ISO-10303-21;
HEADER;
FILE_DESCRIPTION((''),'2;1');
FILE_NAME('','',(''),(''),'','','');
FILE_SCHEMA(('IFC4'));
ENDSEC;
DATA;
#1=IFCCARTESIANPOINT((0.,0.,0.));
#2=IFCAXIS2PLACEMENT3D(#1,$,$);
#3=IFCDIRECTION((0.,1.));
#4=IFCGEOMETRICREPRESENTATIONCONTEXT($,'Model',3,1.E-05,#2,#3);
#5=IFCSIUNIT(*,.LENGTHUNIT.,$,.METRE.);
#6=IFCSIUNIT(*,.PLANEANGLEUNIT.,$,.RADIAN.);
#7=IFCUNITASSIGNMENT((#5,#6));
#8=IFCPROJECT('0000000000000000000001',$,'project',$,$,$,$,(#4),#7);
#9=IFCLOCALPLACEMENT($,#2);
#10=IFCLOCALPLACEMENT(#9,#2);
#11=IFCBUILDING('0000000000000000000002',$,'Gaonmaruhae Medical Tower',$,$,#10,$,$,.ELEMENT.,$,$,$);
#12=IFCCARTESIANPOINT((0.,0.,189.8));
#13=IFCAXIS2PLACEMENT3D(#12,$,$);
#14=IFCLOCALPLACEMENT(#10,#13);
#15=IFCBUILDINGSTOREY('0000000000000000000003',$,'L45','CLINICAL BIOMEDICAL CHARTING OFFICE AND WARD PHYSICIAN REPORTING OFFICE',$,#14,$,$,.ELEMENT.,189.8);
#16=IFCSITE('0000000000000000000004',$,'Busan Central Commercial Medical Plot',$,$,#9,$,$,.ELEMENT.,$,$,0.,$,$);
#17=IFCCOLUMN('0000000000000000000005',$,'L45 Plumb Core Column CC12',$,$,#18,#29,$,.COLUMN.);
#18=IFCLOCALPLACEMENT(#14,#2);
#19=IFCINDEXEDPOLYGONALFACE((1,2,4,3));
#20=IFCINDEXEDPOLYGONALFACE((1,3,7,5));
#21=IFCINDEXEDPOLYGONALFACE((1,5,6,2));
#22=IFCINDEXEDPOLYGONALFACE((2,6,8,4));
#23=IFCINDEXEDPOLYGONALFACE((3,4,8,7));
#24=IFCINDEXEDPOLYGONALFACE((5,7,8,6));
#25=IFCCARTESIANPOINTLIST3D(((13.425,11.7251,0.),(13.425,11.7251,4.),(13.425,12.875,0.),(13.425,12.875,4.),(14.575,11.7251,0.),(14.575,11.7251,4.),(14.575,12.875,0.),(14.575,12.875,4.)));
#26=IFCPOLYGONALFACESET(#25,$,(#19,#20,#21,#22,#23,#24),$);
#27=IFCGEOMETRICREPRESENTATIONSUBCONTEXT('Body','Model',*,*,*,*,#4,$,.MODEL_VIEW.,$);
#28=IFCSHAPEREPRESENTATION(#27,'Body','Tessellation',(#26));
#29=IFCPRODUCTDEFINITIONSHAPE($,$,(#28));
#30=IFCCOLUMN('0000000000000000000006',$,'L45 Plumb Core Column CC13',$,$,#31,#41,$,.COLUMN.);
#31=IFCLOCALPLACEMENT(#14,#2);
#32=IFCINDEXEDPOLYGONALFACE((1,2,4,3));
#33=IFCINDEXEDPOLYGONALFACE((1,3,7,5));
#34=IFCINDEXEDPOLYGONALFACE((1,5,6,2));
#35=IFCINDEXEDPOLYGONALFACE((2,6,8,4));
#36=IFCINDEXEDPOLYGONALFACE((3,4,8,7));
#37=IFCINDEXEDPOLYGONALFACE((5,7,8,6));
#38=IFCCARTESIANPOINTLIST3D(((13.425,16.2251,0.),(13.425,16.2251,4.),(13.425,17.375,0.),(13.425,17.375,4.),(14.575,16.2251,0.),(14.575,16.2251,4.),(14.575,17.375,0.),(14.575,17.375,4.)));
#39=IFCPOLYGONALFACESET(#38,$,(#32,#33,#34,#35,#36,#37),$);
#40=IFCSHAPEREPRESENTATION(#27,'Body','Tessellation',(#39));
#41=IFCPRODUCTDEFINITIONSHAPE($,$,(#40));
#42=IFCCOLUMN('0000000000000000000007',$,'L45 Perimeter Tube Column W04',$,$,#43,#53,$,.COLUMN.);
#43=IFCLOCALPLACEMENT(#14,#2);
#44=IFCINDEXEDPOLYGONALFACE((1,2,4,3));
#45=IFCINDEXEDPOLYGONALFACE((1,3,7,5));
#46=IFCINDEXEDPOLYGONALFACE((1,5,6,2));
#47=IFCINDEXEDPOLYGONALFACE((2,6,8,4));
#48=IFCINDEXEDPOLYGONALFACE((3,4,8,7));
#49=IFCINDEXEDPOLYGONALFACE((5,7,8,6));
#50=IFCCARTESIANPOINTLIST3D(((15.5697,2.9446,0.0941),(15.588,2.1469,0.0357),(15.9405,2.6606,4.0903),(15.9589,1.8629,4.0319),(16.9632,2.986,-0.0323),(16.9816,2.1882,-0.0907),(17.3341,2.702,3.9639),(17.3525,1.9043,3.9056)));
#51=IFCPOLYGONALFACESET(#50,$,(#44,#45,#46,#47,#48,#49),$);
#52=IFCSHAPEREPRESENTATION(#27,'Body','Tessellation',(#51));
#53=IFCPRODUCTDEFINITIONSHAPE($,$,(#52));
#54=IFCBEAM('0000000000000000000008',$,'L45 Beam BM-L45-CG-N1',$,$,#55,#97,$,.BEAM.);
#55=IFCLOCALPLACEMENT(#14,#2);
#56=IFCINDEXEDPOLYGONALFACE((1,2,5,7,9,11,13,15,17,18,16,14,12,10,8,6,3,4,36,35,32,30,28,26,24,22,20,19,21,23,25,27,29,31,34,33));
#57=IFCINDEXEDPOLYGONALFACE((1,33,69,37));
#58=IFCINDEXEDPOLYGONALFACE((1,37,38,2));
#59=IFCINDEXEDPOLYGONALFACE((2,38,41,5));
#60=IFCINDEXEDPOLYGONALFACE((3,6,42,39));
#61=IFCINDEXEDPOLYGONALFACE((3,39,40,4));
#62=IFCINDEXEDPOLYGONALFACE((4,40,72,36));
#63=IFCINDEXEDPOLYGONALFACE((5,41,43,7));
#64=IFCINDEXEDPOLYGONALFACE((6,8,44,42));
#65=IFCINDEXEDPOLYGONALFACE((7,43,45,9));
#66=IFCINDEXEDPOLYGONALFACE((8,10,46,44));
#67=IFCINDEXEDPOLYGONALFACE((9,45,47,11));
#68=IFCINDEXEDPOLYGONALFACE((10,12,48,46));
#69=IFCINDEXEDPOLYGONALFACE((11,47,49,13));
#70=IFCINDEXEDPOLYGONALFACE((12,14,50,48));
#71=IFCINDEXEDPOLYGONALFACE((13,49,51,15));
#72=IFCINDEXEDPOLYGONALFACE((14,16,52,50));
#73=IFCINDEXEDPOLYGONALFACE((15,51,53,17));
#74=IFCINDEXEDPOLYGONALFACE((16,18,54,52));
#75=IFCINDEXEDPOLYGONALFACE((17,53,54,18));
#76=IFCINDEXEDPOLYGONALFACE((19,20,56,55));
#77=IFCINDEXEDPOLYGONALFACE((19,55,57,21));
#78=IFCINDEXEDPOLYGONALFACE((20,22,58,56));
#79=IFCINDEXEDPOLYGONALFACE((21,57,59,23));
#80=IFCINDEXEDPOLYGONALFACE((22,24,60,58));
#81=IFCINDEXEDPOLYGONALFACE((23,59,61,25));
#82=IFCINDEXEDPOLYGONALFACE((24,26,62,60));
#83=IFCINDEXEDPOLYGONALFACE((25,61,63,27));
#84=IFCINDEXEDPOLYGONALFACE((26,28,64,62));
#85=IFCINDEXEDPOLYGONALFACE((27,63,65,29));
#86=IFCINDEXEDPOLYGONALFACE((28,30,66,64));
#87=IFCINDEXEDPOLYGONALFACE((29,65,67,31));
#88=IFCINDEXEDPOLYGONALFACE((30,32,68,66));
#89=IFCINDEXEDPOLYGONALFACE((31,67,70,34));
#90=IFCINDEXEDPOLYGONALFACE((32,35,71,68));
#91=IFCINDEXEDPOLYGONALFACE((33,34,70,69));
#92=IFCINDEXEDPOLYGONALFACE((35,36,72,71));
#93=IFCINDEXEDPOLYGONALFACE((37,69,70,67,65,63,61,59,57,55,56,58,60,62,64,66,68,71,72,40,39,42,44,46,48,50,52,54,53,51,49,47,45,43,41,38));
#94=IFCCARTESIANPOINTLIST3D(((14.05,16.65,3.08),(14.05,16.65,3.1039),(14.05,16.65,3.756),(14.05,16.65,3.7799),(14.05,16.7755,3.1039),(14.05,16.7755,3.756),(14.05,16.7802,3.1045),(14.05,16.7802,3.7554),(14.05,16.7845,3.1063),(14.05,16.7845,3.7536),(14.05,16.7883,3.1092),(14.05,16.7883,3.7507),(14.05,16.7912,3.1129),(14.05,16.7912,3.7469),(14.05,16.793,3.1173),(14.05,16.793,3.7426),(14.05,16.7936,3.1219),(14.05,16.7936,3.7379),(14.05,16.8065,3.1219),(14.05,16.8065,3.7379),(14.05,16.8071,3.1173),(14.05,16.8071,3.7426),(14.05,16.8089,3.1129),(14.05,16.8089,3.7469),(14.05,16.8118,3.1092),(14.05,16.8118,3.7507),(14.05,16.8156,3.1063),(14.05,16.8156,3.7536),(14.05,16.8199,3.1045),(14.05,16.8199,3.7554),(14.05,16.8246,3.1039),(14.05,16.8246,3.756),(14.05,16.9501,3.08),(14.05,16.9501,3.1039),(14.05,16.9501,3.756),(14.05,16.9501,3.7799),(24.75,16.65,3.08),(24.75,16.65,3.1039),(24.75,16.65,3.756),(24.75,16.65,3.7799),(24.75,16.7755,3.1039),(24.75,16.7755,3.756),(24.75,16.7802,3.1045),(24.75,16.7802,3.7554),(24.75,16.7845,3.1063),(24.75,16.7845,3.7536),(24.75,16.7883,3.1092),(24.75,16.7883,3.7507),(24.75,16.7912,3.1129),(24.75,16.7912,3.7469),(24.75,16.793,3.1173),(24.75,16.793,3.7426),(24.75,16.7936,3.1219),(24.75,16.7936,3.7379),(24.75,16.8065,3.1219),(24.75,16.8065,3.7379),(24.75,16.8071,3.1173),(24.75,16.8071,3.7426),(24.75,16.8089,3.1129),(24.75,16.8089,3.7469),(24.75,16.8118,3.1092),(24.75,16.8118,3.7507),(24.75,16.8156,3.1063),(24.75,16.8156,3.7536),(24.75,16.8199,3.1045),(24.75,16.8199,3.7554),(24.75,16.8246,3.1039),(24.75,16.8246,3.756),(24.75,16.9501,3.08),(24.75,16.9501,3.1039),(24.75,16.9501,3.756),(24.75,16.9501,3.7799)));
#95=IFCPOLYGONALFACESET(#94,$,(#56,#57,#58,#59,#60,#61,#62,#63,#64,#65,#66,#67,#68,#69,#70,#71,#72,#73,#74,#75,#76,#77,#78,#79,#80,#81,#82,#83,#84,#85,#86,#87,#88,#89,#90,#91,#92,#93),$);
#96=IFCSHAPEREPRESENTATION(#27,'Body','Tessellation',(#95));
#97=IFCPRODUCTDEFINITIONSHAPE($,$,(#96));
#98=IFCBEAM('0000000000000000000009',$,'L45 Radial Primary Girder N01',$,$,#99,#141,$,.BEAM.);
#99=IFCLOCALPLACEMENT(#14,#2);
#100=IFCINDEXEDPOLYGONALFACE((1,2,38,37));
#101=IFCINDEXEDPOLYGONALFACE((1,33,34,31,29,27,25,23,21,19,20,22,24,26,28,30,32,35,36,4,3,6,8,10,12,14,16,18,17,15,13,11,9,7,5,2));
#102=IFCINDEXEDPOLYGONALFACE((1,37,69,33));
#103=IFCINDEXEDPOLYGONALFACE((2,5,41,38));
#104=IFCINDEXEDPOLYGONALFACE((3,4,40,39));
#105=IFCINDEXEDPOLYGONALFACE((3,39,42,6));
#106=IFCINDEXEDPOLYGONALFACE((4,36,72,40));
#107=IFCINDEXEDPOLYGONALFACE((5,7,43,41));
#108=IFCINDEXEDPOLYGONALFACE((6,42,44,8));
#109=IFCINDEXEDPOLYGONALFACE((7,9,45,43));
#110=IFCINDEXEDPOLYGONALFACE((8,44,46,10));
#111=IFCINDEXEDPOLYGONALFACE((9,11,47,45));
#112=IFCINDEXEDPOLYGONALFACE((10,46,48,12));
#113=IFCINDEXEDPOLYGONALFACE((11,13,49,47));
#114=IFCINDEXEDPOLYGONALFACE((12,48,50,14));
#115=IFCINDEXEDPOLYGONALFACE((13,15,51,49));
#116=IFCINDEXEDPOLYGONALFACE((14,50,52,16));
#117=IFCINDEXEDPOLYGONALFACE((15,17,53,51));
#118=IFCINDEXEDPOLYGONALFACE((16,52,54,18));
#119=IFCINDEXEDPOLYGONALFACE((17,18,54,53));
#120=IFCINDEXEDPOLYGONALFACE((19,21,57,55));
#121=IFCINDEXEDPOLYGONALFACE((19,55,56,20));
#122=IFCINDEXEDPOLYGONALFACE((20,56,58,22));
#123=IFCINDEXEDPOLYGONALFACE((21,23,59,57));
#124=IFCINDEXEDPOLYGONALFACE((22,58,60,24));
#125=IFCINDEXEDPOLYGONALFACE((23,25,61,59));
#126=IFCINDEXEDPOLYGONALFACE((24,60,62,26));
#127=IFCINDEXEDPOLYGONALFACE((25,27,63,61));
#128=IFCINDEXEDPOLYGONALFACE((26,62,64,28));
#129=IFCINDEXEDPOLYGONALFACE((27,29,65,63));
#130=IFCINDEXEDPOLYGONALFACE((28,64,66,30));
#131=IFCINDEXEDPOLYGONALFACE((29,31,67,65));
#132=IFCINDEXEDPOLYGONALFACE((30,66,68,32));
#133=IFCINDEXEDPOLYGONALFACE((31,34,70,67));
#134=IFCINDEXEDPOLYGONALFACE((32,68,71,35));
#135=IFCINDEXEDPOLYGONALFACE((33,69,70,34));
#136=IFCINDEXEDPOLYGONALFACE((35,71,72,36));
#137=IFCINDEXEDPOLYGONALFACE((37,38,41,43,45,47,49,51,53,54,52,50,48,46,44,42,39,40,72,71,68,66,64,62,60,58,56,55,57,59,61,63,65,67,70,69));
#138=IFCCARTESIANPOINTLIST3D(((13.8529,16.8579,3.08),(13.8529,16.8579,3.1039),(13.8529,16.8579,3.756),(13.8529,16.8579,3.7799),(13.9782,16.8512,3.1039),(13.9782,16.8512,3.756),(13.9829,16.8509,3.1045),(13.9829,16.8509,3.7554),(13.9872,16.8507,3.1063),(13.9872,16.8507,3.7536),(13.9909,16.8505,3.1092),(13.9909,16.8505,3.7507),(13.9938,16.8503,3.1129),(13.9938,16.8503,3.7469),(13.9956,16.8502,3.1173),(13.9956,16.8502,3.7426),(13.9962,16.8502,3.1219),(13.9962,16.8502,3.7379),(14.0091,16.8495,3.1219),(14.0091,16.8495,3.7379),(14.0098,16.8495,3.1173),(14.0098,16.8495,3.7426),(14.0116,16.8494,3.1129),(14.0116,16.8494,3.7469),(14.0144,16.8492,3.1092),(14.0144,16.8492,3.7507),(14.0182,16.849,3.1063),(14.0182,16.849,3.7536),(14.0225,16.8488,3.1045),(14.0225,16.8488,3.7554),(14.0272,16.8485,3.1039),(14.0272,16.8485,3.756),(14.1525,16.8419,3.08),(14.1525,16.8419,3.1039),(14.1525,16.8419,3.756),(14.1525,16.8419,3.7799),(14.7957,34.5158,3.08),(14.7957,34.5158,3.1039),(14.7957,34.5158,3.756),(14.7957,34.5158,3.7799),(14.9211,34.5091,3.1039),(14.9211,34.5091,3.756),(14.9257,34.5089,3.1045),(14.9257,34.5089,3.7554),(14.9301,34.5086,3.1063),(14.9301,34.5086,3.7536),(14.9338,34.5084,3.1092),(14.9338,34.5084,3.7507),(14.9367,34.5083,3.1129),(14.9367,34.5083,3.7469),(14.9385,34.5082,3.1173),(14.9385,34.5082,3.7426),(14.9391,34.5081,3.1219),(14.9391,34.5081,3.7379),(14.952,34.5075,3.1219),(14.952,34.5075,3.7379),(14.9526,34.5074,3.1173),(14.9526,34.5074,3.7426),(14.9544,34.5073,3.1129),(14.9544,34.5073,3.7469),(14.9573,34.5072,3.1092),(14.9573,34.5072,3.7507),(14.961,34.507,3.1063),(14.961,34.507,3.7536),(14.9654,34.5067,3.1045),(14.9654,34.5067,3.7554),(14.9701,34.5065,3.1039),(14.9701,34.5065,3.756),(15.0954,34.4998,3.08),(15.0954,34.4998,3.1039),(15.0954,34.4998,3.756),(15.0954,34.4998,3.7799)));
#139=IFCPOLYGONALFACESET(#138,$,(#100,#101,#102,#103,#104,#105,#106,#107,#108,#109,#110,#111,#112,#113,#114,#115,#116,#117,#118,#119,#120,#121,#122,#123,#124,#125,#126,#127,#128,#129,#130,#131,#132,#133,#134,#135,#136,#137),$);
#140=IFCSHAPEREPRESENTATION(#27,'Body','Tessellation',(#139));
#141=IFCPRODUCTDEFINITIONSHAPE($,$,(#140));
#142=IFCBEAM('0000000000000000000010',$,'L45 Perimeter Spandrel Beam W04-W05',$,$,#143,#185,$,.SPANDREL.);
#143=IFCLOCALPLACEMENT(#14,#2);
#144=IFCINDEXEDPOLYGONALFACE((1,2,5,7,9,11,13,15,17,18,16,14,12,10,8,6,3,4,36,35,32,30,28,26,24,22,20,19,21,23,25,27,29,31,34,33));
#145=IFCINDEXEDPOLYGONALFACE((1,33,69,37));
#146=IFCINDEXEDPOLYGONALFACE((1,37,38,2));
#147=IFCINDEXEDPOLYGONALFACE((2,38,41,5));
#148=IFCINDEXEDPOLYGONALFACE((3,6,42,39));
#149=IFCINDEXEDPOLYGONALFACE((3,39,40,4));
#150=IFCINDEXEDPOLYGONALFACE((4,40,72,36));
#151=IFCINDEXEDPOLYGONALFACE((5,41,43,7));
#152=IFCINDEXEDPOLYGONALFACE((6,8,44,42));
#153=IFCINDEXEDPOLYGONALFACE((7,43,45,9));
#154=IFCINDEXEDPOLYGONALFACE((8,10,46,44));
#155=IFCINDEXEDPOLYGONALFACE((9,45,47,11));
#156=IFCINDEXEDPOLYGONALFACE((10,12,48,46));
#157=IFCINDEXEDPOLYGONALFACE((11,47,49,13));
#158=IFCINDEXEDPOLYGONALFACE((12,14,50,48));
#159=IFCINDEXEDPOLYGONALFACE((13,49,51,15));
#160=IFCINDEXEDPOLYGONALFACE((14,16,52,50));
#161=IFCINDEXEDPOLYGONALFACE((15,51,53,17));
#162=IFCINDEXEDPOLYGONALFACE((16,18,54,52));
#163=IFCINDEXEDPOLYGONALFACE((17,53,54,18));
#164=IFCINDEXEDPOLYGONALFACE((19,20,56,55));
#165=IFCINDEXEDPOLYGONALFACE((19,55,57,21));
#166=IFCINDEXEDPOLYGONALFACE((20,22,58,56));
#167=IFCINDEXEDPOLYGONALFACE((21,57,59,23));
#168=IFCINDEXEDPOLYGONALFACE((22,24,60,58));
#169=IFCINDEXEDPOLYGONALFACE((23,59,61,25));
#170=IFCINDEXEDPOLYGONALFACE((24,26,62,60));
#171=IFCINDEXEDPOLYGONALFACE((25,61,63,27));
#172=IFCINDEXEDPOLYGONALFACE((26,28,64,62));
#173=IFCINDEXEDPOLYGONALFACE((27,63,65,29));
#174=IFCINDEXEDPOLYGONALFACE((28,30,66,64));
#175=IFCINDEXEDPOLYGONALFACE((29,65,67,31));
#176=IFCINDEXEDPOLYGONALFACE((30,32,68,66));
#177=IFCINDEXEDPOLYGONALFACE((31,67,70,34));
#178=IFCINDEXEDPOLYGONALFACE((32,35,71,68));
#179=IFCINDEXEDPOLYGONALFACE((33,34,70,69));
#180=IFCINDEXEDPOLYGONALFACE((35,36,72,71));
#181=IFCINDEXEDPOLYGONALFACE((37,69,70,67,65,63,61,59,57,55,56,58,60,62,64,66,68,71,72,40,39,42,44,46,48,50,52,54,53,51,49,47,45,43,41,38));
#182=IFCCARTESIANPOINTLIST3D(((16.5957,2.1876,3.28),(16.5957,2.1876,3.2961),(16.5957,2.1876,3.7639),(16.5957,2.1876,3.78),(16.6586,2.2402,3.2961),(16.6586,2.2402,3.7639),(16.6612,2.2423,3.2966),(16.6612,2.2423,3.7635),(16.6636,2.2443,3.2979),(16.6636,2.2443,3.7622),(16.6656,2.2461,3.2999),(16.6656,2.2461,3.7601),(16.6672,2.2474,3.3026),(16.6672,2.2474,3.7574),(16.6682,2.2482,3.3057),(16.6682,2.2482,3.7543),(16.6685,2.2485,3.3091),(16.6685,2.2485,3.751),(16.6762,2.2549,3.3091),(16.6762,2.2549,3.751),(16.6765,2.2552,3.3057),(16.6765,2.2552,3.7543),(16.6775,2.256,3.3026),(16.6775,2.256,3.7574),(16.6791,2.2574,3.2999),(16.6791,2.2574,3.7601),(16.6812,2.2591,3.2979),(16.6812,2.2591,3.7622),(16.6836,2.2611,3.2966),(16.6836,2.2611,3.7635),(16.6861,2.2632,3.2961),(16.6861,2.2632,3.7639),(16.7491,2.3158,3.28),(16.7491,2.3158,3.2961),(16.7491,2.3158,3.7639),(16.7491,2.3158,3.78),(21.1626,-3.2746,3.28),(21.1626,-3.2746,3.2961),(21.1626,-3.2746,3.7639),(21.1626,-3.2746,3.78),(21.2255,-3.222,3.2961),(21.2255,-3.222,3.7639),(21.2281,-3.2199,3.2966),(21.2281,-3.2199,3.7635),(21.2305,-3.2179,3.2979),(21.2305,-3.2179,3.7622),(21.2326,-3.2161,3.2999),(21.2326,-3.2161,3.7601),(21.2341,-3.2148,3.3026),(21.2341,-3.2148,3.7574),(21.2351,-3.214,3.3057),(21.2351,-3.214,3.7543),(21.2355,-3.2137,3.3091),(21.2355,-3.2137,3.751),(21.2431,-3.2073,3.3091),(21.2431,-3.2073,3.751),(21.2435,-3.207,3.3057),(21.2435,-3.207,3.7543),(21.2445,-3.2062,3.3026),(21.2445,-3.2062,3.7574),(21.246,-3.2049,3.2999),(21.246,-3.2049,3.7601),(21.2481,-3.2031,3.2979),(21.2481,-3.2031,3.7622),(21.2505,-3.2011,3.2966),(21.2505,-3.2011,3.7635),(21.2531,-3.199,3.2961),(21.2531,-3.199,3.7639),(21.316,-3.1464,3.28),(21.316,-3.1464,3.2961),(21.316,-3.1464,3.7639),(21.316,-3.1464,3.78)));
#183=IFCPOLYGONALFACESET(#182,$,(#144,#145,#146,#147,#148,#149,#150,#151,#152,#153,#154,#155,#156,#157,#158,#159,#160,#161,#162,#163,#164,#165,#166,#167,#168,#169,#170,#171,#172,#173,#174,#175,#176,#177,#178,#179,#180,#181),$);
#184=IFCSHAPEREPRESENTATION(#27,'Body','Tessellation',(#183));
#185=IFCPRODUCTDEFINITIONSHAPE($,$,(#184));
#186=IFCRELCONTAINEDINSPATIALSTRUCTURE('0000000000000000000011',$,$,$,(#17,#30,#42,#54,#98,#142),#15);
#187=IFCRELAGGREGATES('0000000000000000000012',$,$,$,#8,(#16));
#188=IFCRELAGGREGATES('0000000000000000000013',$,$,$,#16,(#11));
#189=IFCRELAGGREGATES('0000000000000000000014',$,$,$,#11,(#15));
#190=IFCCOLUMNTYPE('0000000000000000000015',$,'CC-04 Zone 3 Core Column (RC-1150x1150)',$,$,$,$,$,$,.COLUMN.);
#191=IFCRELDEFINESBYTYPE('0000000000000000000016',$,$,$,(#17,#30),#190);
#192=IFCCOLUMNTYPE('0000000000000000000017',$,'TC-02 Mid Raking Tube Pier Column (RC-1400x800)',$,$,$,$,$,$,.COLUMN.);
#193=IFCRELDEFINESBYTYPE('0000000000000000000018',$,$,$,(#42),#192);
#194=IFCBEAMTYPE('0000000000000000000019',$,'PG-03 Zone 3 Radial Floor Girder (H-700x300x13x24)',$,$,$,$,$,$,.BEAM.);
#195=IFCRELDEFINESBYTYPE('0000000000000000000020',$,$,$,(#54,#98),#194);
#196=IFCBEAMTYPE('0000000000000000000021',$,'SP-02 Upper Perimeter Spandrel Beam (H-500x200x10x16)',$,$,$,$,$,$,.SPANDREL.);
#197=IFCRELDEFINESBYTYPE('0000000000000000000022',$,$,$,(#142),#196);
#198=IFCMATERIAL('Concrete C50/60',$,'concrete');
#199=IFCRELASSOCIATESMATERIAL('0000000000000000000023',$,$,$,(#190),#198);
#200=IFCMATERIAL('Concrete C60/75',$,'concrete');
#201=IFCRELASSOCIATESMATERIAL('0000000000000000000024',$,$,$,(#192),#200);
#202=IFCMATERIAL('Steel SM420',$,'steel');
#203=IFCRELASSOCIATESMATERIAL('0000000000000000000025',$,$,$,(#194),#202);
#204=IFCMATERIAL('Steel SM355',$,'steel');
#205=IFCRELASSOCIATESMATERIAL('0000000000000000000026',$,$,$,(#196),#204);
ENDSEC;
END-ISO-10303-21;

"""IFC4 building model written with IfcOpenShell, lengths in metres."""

from ifc_helpers import new_model, si_unit, direction, frame, origin, origin_2d, place, context, subcontext, project, spatial, rectangle, i_section, extrude, material, material_profile, profile_set, type_object, element, save


model = new_model("IFC4")

# Units and contexts
model_context = context("Model", 3, precision=1e-05, world=origin(), true_north=direction((0.0, 1.0)))
body_context = subcontext(model_context, "Body", "Model", "MODEL_VIEW")
ifc_project = project(units=[si_unit("LENGTHUNIT", "METRE"), si_unit("PLANEANGLEUNIT", "RADIAN")], contexts=[model_context])

# Site, building, storey
site_placement = place(None, origin())
site = spatial("IfcSite", under=ifc_project, at=site_placement, Name="Busan Central Commercial Medical Plot", CompositionType="ELEMENT", RefElevation=0.0)
building_placement = place(site_placement, origin())
building = spatial("IfcBuilding", under=site, at=building_placement, Name="Gaonmaruhae Medical Tower", CompositionType="ELEMENT")
storey_placement = place(building_placement, frame((0.0, 0.0, 189.8)))
storey = spatial("IfcBuildingStorey", under=building, at=storey_placement, Name="L45", Description="CLINICAL BIOMEDICAL CHARTING OFFICE AND WARD PHYSICIAN REPORTING OFFICE", CompositionType="ELEMENT", Elevation=189.8)

# Columns
ifc_material_1 = material(Name="Concrete C50/60", Category="concrete")
ifc_material_profile_1 = material_profile(ifc_material_1, rectangle(XDim=1.1499, YDim=1.1499, at=origin_2d()), Name="RC-1150x1150")
ifc_profile_set_1 = profile_set([ifc_material_profile_1], Name="Concrete C50/60")
column_type_1 = type_object("IfcColumnType", Name="CC-04 Zone 3 Core Column (RC-1150x1150)", PredefinedType="COLUMN", material=ifc_profile_set_1)
for number, where, z_axis, x_axis, name in (
    (1, (14.0, 12.3, 0.0), (0.0, 0.0, 1.0), (1.0, 0.0, 0.0), "L45 Plumb Core Column CC12"),
    (2, (14.0, 16.8, 0.0), (0.0, 0.0, 1.0), (1.0, 0.0, 0.0), "L45 Plumb Core Column CC13"),
):
    element("IfcColumn", number, at=place(storey_placement, frame(where, z_axis=z_axis, x_axis=x_axis)), inside=storey, type_object=column_type_1, Name=name, PredefinedType="COLUMN", context=body_context, shape_type="SweptSolid", body=[
        extrude(rectangle(XDim=1.1499, YDim=1.1499, at=origin_2d()), origin(), (0.0, 0.0, 1.0), 4.0),
    ])
ifc_material_2 = material(Name="Concrete C60/75", Category="concrete")
ifc_material_profile_2 = material_profile(ifc_material_2, rectangle(XDim=1.3999, YDim=0.8, at=origin_2d()), Name="RC-1400x800")
ifc_profile_set_2 = profile_set([ifc_material_profile_2], Name="Concrete C60/75")
column_type_2 = type_object("IfcColumnType", Name="TC-02 Mid Raking Tube Pier Column (RC-1400x800)", PredefinedType="COLUMN", material=ifc_profile_set_2)
column_placement = place(storey_placement, frame((16.2756, 2.5664, 0.0017), z_axis=(0.09217, -0.070569, 0.99324), x_axis=(-0.995478, -0.029566, 0.090277)))
element("IfcColumn", 3, at=column_placement, inside=storey, type_object=column_type_2, Name="L45 Perimeter Tube Column W04", PredefinedType="COLUMN", context=body_context, shape_type="SweptSolid", body=[
    extrude(rectangle(XDim=1.3999, YDim=0.8, at=origin_2d()), origin(), (0.0, 0.0, 1.0), 4.0234),
])

# Beams
ifc_material_3 = material(Name="Steel SM420", Category="steel")
ifc_material_profile_3 = material_profile(ifc_material_3, i_section(OverallWidth=0.3, OverallDepth=0.7, WebThickness=0.0129, FlangeThickness=0.0239, FilletRadius=0.0181, at=origin_2d()), Name="H-700x300x13x24")
ifc_profile_set_3 = profile_set([ifc_material_profile_3], Name="Steel SM420")
beam_type_1 = type_object("IfcBeamType", Name="PG-03 Zone 3 Radial Floor Girder (H-700x300x13x24)", PredefinedType="BEAM", material=ifc_profile_set_3)
beam_1_placement = place(storey_placement, frame((14.05, 16.8, 3.4299), z_axis=(1.0, 0.0, 0.0), x_axis=(0.0, 1.0, 0.0)))
element("IfcBeam", 4, at=beam_1_placement, inside=storey, type_object=beam_type_1, Name="L45 Beam BM-L45-CG-N1", PredefinedType="BEAM", context=body_context, shape_type="SweptSolid", body=[
    extrude(i_section(OverallWidth=0.3, OverallDepth=0.7, WebThickness=0.0129, FlangeThickness=0.0239, FilletRadius=0.0181, at=origin_2d()), origin(), (0.0, 0.0, 1.0), 10.7),
])
beam_2_placement = place(storey_placement, frame((14.0027, 16.8499, 3.4299), z_axis=(0.05332, 0.998577, 0.0), x_axis=(-0.998577, 0.05332, 0.0)))
element("IfcBeam", 5, at=beam_2_placement, inside=storey, type_object=beam_type_1, Name="L45 Radial Primary Girder N01", PredefinedType="BEAM", context=body_context, shape_type="SweptSolid", body=[
    extrude(i_section(OverallWidth=0.3, OverallDepth=0.7, WebThickness=0.0129, FlangeThickness=0.0239, FilletRadius=0.0181, at=origin_2d()), origin(), (0.0, 0.0, 1.0), 17.6831),
])
ifc_material_4 = material(Name="Steel SM355", Category="steel")
ifc_material_profile_4 = material_profile(ifc_material_4, i_section(OverallWidth=0.2, OverallDepth=0.5, WebThickness=0.01, FlangeThickness=0.0161, FilletRadius=0.0129, at=origin_2d()), Name="H-500x200x10x16")
ifc_profile_set_4 = profile_set([ifc_material_profile_4], Name="Steel SM355")
beam_type_2 = type_object("IfcBeamType", Name="SP-02 Upper Perimeter Spandrel Beam (H-500x200x10x16)", PredefinedType="SPANDREL", material=ifc_profile_set_4)
beam_3_placement = place(storey_placement, frame((16.6724, 2.2517, 3.53), z_axis=(0.641435, -0.767177, 0.0), x_axis=(0.767177, 0.641435, 0.0)))
element("IfcBeam", 6, at=beam_3_placement, inside=storey, type_object=beam_type_2, Name="L45 Perimeter Spandrel Beam W04-W05", PredefinedType="SPANDREL", context=body_context, shape_type="SweptSolid", body=[
    extrude(i_section(OverallWidth=0.2, OverallDepth=0.5, WebThickness=0.01, FlangeThickness=0.0161, FilletRadius=0.0129, at=origin_2d()), origin(), (0.0, 0.0, 1.0), 7.1199),
])

save(model, "model.ifc")
